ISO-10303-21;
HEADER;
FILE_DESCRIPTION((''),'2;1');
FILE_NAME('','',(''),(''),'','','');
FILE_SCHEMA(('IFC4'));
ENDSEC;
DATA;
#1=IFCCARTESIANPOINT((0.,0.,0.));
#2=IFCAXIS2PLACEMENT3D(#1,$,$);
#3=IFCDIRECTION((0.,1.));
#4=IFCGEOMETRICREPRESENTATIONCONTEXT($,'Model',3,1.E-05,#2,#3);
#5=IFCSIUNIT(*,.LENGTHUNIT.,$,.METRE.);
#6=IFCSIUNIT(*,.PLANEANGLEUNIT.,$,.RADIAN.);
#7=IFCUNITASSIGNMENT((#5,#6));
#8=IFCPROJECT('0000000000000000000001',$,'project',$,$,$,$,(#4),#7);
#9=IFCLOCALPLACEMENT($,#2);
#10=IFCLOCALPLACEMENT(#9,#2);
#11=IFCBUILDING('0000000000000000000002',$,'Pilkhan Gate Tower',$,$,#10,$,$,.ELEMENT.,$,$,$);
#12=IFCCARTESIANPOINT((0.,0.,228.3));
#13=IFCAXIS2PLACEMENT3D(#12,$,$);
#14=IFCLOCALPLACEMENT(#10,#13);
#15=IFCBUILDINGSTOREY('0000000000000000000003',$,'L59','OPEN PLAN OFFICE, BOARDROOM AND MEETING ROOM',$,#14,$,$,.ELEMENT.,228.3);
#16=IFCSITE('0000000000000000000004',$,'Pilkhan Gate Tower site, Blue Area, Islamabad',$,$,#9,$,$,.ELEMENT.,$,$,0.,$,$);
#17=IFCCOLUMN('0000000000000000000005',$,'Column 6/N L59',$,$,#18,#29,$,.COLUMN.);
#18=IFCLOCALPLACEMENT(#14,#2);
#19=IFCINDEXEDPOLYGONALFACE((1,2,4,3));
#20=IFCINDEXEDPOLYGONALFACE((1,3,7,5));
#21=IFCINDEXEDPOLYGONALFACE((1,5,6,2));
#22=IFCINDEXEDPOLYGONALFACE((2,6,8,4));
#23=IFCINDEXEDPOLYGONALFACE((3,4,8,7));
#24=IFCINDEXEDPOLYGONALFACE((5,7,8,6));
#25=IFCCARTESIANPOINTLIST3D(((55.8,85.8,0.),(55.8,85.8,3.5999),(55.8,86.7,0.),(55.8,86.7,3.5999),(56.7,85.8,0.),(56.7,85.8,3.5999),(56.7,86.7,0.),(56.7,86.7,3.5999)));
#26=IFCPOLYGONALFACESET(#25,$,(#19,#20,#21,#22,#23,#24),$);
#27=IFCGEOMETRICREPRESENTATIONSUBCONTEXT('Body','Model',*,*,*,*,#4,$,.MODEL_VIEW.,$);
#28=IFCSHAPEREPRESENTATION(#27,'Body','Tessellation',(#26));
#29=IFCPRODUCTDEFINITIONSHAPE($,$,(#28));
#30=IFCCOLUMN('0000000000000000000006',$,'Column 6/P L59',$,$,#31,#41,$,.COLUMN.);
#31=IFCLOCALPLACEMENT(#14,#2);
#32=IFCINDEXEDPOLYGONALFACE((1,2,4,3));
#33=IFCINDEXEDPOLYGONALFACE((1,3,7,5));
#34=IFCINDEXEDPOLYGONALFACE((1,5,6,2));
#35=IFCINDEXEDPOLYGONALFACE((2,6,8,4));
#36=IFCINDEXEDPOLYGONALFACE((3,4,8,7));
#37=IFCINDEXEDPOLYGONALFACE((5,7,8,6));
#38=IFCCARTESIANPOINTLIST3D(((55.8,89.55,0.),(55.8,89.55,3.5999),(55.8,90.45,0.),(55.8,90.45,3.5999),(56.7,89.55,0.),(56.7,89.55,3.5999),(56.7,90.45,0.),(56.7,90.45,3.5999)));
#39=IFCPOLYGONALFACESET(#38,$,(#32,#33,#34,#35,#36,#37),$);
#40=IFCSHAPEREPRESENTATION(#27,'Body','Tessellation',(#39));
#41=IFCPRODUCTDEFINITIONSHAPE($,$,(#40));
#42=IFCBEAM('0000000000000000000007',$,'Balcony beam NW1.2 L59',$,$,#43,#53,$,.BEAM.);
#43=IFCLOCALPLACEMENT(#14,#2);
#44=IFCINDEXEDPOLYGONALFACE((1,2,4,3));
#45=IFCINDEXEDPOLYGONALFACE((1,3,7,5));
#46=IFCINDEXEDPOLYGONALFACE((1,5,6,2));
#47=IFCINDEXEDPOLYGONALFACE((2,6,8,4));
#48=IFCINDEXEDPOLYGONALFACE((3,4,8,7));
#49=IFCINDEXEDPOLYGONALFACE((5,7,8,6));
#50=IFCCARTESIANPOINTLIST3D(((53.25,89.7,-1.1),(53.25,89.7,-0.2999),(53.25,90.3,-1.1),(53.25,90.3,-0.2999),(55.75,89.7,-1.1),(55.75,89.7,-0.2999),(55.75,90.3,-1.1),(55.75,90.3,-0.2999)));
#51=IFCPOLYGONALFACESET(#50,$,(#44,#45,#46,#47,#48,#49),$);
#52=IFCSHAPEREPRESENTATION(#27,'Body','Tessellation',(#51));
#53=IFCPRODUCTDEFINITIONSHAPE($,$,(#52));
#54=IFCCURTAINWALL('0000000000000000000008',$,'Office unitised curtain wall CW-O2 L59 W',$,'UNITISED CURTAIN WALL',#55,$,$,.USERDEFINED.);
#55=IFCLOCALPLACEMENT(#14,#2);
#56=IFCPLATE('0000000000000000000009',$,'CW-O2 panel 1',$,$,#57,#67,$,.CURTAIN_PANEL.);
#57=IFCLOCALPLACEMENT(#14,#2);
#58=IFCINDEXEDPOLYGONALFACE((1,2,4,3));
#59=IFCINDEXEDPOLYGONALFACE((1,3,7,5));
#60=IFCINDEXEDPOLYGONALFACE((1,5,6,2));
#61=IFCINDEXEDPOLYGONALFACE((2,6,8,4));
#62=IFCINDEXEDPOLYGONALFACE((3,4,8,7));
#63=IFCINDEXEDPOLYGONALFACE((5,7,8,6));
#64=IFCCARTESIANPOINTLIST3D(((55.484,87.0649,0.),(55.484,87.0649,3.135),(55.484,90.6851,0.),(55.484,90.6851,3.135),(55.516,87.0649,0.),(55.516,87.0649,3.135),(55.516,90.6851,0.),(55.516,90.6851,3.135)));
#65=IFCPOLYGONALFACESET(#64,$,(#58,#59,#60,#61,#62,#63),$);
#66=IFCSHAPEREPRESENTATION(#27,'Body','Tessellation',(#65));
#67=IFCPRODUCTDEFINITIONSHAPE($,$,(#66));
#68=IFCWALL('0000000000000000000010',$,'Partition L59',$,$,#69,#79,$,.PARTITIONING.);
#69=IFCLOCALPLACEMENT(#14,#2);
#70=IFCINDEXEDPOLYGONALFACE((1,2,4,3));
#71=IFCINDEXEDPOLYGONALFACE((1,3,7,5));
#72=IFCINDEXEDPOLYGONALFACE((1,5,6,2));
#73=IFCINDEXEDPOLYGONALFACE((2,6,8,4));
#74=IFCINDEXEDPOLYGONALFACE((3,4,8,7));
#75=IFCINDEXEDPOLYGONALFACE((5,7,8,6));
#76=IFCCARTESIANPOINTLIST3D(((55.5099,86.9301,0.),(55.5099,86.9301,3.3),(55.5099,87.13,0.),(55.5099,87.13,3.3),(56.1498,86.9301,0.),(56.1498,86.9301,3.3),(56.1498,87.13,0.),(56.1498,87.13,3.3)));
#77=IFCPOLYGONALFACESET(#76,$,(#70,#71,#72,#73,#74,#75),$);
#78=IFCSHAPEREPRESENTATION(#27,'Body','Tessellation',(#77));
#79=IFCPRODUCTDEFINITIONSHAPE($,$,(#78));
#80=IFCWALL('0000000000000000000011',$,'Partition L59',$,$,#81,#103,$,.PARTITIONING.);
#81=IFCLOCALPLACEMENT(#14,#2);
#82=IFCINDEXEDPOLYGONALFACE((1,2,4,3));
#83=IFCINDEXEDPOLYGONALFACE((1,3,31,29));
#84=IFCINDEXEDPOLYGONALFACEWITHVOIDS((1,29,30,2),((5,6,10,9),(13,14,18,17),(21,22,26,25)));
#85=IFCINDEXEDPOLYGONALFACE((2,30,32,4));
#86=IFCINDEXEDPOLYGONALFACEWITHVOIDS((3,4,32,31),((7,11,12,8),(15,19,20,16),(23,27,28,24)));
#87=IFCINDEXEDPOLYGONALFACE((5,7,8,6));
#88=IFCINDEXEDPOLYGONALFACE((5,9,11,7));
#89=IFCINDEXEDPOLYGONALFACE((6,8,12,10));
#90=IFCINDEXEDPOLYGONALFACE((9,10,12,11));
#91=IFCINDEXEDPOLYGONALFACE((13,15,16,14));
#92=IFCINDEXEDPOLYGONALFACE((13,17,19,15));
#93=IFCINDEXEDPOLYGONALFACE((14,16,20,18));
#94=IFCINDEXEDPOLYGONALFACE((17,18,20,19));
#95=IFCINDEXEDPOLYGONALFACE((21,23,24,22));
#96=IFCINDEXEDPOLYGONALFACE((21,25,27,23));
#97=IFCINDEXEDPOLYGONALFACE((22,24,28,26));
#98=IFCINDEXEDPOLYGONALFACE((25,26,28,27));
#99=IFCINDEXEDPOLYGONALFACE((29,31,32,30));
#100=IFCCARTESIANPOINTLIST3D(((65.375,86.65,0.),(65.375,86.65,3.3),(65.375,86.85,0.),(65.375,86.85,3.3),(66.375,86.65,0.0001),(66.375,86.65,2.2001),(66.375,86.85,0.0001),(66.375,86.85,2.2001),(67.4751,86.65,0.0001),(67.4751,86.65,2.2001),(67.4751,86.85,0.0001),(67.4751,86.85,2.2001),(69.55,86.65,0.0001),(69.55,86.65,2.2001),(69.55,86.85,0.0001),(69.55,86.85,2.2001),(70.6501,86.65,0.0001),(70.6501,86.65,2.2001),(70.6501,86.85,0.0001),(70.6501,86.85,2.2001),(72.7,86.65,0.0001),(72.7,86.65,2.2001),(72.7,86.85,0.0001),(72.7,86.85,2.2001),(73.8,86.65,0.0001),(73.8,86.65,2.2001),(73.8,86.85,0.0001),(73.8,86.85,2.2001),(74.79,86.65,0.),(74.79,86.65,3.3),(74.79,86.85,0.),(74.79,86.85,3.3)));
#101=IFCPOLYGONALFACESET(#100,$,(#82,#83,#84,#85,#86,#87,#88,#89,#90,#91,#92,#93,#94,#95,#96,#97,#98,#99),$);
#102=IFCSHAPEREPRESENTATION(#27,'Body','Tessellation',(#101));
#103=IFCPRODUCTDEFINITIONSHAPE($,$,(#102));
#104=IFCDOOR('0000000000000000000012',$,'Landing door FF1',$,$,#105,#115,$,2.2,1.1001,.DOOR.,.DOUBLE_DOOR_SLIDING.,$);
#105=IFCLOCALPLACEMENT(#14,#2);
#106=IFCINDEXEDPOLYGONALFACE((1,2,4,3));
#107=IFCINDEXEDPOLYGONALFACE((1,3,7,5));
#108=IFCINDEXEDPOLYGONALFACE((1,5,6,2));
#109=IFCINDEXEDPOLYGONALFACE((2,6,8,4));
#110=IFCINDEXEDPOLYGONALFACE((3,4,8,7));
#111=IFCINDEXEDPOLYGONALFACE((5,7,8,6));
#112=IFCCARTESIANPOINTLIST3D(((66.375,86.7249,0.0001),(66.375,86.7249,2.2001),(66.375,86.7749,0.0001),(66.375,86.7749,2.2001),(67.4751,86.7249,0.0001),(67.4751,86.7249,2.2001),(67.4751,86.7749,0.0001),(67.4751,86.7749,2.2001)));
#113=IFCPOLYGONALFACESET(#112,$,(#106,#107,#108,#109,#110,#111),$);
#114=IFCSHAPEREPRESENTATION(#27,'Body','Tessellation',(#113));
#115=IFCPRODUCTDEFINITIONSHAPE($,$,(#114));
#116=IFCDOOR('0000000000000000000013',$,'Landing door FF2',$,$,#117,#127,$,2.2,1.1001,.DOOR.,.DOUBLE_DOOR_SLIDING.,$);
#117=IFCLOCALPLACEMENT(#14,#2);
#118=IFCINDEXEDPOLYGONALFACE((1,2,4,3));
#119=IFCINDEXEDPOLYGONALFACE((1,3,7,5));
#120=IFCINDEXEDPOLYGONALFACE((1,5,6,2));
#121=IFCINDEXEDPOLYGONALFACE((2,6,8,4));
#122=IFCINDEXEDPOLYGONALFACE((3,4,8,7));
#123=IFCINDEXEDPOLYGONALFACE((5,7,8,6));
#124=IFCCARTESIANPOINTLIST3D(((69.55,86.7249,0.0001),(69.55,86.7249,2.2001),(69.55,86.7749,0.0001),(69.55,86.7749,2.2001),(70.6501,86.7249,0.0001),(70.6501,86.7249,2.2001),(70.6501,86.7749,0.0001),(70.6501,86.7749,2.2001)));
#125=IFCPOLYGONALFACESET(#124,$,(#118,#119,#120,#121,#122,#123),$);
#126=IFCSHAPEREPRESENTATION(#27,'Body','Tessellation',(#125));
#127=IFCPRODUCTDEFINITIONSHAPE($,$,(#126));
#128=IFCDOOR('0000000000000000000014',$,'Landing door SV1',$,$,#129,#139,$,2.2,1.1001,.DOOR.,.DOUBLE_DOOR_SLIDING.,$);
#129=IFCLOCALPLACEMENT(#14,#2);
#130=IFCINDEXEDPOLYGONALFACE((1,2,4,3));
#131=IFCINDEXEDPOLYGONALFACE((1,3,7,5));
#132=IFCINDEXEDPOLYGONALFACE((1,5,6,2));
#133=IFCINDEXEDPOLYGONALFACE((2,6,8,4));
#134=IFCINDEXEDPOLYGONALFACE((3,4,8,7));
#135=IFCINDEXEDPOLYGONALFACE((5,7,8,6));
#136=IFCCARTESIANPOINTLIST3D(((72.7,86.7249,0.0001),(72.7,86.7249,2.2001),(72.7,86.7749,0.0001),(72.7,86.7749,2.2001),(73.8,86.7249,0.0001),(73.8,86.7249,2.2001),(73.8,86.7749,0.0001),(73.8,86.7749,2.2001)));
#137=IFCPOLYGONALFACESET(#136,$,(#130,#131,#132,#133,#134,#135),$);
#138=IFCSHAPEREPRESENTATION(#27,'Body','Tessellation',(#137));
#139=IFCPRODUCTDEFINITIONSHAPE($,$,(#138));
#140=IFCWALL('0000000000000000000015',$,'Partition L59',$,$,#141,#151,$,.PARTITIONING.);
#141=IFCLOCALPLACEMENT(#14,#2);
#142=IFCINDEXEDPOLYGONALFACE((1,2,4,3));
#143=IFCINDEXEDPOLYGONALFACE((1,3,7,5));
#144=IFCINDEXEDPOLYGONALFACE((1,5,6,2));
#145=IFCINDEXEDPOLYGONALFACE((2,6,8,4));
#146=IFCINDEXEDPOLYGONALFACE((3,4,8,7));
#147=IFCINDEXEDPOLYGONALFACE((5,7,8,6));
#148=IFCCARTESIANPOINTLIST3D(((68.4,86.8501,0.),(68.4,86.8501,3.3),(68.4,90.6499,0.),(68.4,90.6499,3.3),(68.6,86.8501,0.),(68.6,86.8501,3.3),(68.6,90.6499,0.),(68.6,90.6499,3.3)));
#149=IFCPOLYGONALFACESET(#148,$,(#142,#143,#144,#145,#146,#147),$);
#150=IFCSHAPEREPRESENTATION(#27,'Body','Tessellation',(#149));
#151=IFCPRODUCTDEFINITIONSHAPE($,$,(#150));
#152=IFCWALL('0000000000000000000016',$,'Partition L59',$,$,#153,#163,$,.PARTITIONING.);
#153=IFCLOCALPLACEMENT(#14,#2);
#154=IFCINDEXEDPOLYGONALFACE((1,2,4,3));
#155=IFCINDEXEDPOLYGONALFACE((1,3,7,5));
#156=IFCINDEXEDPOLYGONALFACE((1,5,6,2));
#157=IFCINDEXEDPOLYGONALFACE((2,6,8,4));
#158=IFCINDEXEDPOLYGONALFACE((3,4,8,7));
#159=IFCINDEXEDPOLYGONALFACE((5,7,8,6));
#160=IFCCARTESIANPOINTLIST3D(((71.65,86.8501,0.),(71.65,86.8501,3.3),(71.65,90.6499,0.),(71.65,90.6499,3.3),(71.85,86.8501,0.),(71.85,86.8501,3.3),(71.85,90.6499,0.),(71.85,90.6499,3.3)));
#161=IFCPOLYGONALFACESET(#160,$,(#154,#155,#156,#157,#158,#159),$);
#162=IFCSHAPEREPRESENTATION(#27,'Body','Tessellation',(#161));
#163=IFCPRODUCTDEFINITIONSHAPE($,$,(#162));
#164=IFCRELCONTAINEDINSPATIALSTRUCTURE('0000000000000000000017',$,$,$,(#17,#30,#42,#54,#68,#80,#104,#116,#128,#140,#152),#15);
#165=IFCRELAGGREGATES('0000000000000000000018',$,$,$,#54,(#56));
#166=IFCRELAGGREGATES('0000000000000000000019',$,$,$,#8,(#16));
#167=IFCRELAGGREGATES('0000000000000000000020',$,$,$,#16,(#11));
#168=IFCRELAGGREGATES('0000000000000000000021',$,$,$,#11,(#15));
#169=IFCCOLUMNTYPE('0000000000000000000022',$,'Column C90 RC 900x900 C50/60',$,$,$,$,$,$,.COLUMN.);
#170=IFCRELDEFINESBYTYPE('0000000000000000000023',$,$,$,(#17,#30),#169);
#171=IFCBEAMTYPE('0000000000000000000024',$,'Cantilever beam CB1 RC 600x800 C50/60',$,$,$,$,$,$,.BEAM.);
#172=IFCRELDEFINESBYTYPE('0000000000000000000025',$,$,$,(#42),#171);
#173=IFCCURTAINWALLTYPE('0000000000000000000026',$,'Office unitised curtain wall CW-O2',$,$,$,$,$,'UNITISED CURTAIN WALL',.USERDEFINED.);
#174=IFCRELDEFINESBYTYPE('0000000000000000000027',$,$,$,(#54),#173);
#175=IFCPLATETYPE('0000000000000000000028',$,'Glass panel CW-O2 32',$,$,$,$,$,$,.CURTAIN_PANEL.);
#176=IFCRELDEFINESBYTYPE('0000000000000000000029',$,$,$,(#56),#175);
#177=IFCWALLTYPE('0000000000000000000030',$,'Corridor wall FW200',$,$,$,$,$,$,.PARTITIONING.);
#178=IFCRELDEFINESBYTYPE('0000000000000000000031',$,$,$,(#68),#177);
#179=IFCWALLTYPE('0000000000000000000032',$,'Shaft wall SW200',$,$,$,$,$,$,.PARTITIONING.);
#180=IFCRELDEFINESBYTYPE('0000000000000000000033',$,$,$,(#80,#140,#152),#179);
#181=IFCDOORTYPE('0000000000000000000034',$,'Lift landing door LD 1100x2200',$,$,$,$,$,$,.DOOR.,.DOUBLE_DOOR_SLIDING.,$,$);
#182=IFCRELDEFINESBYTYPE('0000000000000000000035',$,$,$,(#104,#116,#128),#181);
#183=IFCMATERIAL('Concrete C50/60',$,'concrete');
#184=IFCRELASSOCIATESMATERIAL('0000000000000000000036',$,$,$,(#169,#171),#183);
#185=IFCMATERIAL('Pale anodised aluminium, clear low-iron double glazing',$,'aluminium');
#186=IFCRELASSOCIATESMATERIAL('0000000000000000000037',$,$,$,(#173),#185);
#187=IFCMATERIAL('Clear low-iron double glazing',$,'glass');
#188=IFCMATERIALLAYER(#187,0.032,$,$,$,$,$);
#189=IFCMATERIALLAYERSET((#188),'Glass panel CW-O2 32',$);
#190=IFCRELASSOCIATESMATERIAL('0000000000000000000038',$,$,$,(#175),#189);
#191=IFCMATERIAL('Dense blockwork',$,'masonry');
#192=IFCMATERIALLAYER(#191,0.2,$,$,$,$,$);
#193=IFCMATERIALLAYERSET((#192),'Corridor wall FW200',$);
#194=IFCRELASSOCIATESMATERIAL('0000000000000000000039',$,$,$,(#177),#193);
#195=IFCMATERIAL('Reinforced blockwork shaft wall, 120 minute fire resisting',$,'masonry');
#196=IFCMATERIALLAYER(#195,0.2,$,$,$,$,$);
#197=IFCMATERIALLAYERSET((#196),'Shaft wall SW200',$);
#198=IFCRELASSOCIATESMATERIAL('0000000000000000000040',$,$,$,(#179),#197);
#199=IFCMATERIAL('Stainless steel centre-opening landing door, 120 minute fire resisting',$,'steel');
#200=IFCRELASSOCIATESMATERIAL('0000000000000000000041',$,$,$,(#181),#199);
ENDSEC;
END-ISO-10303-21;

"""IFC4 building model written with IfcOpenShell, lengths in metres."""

from ifc_helpers import new_model, si_unit, direction, frame, frame_2d, origin, origin_2d, place, context, subcontext, project, spatial, rectangle, extrude, material, layer, layer_set, material_profile, profile_set, type_object, element, fill, aggregate, save


model = new_model("IFC4")

# Units and contexts
model_context = context("Model", 3, precision=1e-05, world=origin(), true_north=direction((0.0, 1.0)))
body_context = subcontext(model_context, "Body", "Model", "MODEL_VIEW")
ifc_project = project(units=[si_unit("LENGTHUNIT", "METRE"), si_unit("PLANEANGLEUNIT", "RADIAN")], contexts=[model_context])

# Site, building, storey
site_placement = place(None, origin())
site = spatial("IfcSite", under=ifc_project, at=site_placement, Name="Pilkhan Gate Tower site, Blue Area, Islamabad", CompositionType="ELEMENT", RefElevation=0.0)
building_placement = place(site_placement, origin())
building = spatial("IfcBuilding", under=site, at=building_placement, Name="Pilkhan Gate Tower", CompositionType="ELEMENT")
storey_placement = place(building_placement, frame((0.0, 0.0, 228.3)))
storey = spatial("IfcBuildingStorey", under=building, at=storey_placement, Name="L59", Description="OPEN PLAN OFFICE, BOARDROOM AND MEETING ROOM", CompositionType="ELEMENT", Elevation=228.3)

# Columns
ifc_material_1 = material(Name="Concrete C50/60", Category="concrete")
ifc_material_profile_1 = material_profile(ifc_material_1, rectangle(XDim=0.8999, YDim=0.8999, at=origin_2d()), Name="RC 900x900")
ifc_profile_set_1 = profile_set([ifc_material_profile_1], Name="Concrete C50/60")
column_type = type_object("IfcColumnType", Name="Column C90 RC 900x900 C50/60", PredefinedType="COLUMN", material=ifc_profile_set_1)
for number, where, z_axis, x_axis, name in (
    (1, (56.25, 86.25, 0.0), (0.0, 0.0, 1.0), (1.0, 0.0, 0.0), "Column 6/N L59"),
    (2, (56.25, 90.0, 0.0), (0.0, 0.0, 1.0), (1.0, 0.0, 0.0), "Column 6/P L59"),
):
    element("IfcColumn", number, at=place(storey_placement, frame(where, z_axis=z_axis, x_axis=x_axis)), inside=storey, type_object=column_type, Name=name, PredefinedType="COLUMN", context=body_context, shape_type="SweptSolid", body=[
        extrude(rectangle(XDim=0.8999, YDim=0.8999, at=origin_2d()), origin(), (0.0, 0.0, 1.0), 3.5999),
    ])

# Beam
ifc_material_profile_2 = material_profile(ifc_material_1, rectangle(XDim=0.6001, YDim=0.8, at=origin_2d()), Name="RC 600x800")
ifc_profile_set_2 = profile_set([ifc_material_profile_2], Name="Concrete C50/60")
beam_type = type_object("IfcBeamType", Name="Cantilever beam CB1 RC 600x800 C50/60", PredefinedType="BEAM", material=ifc_profile_set_2)
beam_placement = place(storey_placement, frame((55.75, 90.0, -0.7), z_axis=(-1.0, 0.0, 0.0), x_axis=(0.0, -1.0, 0.0)))
element("IfcBeam", 3, at=beam_placement, inside=storey, type_object=beam_type, Name="Balcony beam NW1.2 L59", PredefinedType="BEAM", context=body_context, shape_type="SweptSolid", body=[
    extrude(rectangle(XDim=0.6001, YDim=0.8, at=origin_2d()), origin(), (0.0, 0.0, 1.0), 2.5),
])

# Curtain wall, plate
ifc_material_2 = material(Name="Pale anodised aluminium, clear low-iron double glazing", Category="aluminium")
curtain_wall_type = type_object("IfcCurtainWallType", Name="Office unitised curtain wall CW-O2", ElementType="UNITISED CURTAIN WALL", PredefinedType="USERDEFINED", material=ifc_material_2)
curtain_wall_placement = place(storey_placement, origin())
curtain_wall = element("IfcCurtainWall", 4, at=curtain_wall_placement, inside=storey, type_object=curtain_wall_type, Name="Office unitised curtain wall CW-O2 L59 W", ObjectType="UNITISED CURTAIN WALL", PredefinedType="USERDEFINED")
ifc_material_3 = material(Name="Clear low-iron double glazing", Category="glass")
ifc_layer_1 = layer(ifc_material_3, 0.032)
ifc_layer_set_1 = layer_set([ifc_layer_1], Name="Glass panel CW-O2 32")
plate_type = type_object("IfcPlateType", Name="Glass panel CW-O2 32", PredefinedType="CURTAIN_PANEL", material=ifc_layer_set_1)
plate_placement = place(storey_placement, frame((55.5, 88.875, 0.0), z_axis=(0.0, 0.0, 1.0), x_axis=(0.0, 1.0, 0.0)))
plate = element("IfcPlate", 5, at=plate_placement, type_object=plate_type, Name="CW-O2 panel 1", PredefinedType="CURTAIN_PANEL", context=body_context, shape_type="SweptSolid", body=[
    extrude(rectangle(XDim=3.6201, YDim=0.032, at=origin_2d()), origin(), (0.0, 0.0, 1.0), 3.135),
])
aggregate(curtain_wall, [plate])

# Wall
ifc_material_4 = material(Name="Dense blockwork", Category="masonry")
ifc_layer_2 = layer(ifc_material_4, 0.2)
ifc_layer_set_2 = layer_set([ifc_layer_2], Name="Corridor wall FW200")
wall_type_1 = type_object("IfcWallType", Name="Corridor wall FW200", PredefinedType="PARTITIONING", material=ifc_layer_set_2)
wall_1_placement = place(storey_placement, frame((55.51, 87.03, 0.0), z_axis=(0.0, 0.0, 1.0), x_axis=(1.0, 0.0, 0.0)))
element("IfcWall", 6, at=wall_1_placement, inside=storey, type_object=wall_type_1, Name="Partition L59", PredefinedType="PARTITIONING", context=body_context, shape_type="SweptSolid", body=[
    extrude(rectangle(XDim=0.6399, YDim=0.2, at=frame_2d((0.3198, 0.0))), origin(), (0.0, 0.0, 1.0), 3.3),
])

# Wall, openings, doors
ifc_material_5 = material(Name="Reinforced blockwork shaft wall, 120 minute fire resisting", Category="masonry")
ifc_layer_3 = layer(ifc_material_5, 0.2)
ifc_layer_set_3 = layer_set([ifc_layer_3], Name="Shaft wall SW200")
wall_type_2 = type_object("IfcWallType", Name="Shaft wall SW200", PredefinedType="PARTITIONING", material=ifc_layer_set_3)
wall_2_placement = place(storey_placement, frame((65.375, 86.75, 0.0), z_axis=(0.0, 0.0, 1.0), x_axis=(1.0, 0.0, 0.0)))
wall_2 = element("IfcWall", 7, at=wall_2_placement, inside=storey, type_object=wall_type_2, Name="Partition L59", PredefinedType="PARTITIONING", context=body_context, shape_type="SweptSolid", body=[
    extrude(rectangle(XDim=9.415, YDim=0.2, at=frame_2d((4.7075, 0.0))), origin(), (0.0, 0.0, 1.0), 3.3),
])
opening_1_placement = place(wall_2_placement, frame((1.0, 0.0, 0.0)))
opening_1 = element("IfcOpeningElement", 8, at=opening_1_placement, cuts=wall_2, PredefinedType="OPENING", context=body_context, shape_type="SweptSolid", body=[
    extrude(rectangle(XDim=1.1001, YDim=2.2, at=frame_2d((0.55, 1.1001))), frame((0.0, 0.1099, 0.0), z_axis=(0.0, -1.0, 0.0), x_axis=(1.0, 0.0, 0.0)), (0.0, 0.0, 1.0), 0.22),
])
opening_2_placement = place(wall_2_placement, frame((4.175, 0.0, 0.0)))
opening_2 = element("IfcOpeningElement", 9, at=opening_2_placement, cuts=wall_2, PredefinedType="OPENING", context=body_context, shape_type="SweptSolid", body=[
    extrude(rectangle(XDim=1.1001, YDim=2.2, at=frame_2d((0.55, 1.1001))), frame((0.0, 0.1099, 0.0), z_axis=(0.0, -1.0, 0.0), x_axis=(1.0, 0.0, 0.0)), (0.0, 0.0, 1.0), 0.22),
])
opening_3_placement = place(wall_2_placement, frame((7.325, 0.0, 0.0)))
opening_3 = element("IfcOpeningElement", 10, at=opening_3_placement, cuts=wall_2, PredefinedType="OPENING", context=body_context, shape_type="SweptSolid", body=[
    extrude(rectangle(XDim=1.1001, YDim=2.2, at=frame_2d((0.55, 1.1001))), frame((0.0, 0.1099, 0.0), z_axis=(0.0, -1.0, 0.0), x_axis=(1.0, 0.0, 0.0)), (0.0, 0.0, 1.0), 0.22),
])
ifc_material_6 = material(Name="Stainless steel centre-opening landing door, 120 minute fire resisting", Category="steel")
door_type_1 = type_object("IfcDoorType", Name="Lift landing door LD 1100x2200", OperationType="DOUBLE_DOOR_SLIDING", PredefinedType="DOOR", material=ifc_material_6)
door_1_placement = place(opening_1_placement, origin())
door_1 = element("IfcDoor", 11, at=door_1_placement, inside=storey, type_object=door_type_1, Name="Landing door FF1", OperationType="DOUBLE_DOOR_SLIDING", OverallHeight=2.2, OverallWidth=1.1001, PredefinedType="DOOR", context=body_context, shape_type="SweptSolid", body=[
    extrude(rectangle(XDim=1.1001, YDim=2.2, at=frame_2d((0.55, 1.1001))), frame((0.0, 0.0249, 0.0), z_axis=(0.0, -1.0, 0.0), x_axis=(1.0, 0.0, 0.0)), (0.0, 0.0, 1.0), 0.05),
])
fill(opening_1, door_1)
door_2_placement = place(opening_2_placement, origin())
door_2 = element("IfcDoor", 12, at=door_2_placement, inside=storey, type_object=door_type_1, Name="Landing door FF2", OperationType="DOUBLE_DOOR_SLIDING", OverallHeight=2.2, OverallWidth=1.1001, PredefinedType="DOOR", context=body_context, shape_type="SweptSolid", body=[
    extrude(rectangle(XDim=1.1001, YDim=2.2, at=frame_2d((0.55, 1.1001))), frame((0.0, 0.0249, 0.0), z_axis=(0.0, -1.0, 0.0), x_axis=(1.0, 0.0, 0.0)), (0.0, 0.0, 1.0), 0.05),
])
fill(opening_2, door_2)
door_3_placement = place(opening_3_placement, origin())
door_3 = element("IfcDoor", 13, at=door_3_placement, inside=storey, type_object=door_type_1, Name="Landing door SV1", OperationType="DOUBLE_DOOR_SLIDING", OverallHeight=2.2, OverallWidth=1.1001, PredefinedType="DOOR", context=body_context, shape_type="SweptSolid", body=[
    extrude(rectangle(XDim=1.1001, YDim=2.2, at=frame_2d((0.55, 1.1001))), frame((0.0, 0.0249, 0.0), z_axis=(0.0, -1.0, 0.0), x_axis=(1.0, 0.0, 0.0)), (0.0, 0.0, 1.0), 0.05),
])
fill(opening_3, door_3)

# Walls
for number, where, z_axis, x_axis, name in (
    (14, (68.5, 86.8501, 0.0), (0.0, 0.0, 1.0), (0.0, 1.0, 0.0), "Partition L59"),
    (15, (71.75, 86.8501, 0.0), (0.0, 0.0, 1.0), (0.0, 1.0, 0.0), "Partition L59"),
):
    element("IfcWall", number, at=place(storey_placement, frame(where, z_axis=z_axis, x_axis=x_axis)), inside=storey, type_object=wall_type_2, Name=name, PredefinedType="PARTITIONING", context=body_context, shape_type="SweptSolid", body=[
        extrude(rectangle(XDim=3.7998, YDim=0.2, at=frame_2d((1.8999, 0.0))), origin(), (0.0, 0.0, 1.0), 3.3),
    ])

save(model, "model.ifc")
